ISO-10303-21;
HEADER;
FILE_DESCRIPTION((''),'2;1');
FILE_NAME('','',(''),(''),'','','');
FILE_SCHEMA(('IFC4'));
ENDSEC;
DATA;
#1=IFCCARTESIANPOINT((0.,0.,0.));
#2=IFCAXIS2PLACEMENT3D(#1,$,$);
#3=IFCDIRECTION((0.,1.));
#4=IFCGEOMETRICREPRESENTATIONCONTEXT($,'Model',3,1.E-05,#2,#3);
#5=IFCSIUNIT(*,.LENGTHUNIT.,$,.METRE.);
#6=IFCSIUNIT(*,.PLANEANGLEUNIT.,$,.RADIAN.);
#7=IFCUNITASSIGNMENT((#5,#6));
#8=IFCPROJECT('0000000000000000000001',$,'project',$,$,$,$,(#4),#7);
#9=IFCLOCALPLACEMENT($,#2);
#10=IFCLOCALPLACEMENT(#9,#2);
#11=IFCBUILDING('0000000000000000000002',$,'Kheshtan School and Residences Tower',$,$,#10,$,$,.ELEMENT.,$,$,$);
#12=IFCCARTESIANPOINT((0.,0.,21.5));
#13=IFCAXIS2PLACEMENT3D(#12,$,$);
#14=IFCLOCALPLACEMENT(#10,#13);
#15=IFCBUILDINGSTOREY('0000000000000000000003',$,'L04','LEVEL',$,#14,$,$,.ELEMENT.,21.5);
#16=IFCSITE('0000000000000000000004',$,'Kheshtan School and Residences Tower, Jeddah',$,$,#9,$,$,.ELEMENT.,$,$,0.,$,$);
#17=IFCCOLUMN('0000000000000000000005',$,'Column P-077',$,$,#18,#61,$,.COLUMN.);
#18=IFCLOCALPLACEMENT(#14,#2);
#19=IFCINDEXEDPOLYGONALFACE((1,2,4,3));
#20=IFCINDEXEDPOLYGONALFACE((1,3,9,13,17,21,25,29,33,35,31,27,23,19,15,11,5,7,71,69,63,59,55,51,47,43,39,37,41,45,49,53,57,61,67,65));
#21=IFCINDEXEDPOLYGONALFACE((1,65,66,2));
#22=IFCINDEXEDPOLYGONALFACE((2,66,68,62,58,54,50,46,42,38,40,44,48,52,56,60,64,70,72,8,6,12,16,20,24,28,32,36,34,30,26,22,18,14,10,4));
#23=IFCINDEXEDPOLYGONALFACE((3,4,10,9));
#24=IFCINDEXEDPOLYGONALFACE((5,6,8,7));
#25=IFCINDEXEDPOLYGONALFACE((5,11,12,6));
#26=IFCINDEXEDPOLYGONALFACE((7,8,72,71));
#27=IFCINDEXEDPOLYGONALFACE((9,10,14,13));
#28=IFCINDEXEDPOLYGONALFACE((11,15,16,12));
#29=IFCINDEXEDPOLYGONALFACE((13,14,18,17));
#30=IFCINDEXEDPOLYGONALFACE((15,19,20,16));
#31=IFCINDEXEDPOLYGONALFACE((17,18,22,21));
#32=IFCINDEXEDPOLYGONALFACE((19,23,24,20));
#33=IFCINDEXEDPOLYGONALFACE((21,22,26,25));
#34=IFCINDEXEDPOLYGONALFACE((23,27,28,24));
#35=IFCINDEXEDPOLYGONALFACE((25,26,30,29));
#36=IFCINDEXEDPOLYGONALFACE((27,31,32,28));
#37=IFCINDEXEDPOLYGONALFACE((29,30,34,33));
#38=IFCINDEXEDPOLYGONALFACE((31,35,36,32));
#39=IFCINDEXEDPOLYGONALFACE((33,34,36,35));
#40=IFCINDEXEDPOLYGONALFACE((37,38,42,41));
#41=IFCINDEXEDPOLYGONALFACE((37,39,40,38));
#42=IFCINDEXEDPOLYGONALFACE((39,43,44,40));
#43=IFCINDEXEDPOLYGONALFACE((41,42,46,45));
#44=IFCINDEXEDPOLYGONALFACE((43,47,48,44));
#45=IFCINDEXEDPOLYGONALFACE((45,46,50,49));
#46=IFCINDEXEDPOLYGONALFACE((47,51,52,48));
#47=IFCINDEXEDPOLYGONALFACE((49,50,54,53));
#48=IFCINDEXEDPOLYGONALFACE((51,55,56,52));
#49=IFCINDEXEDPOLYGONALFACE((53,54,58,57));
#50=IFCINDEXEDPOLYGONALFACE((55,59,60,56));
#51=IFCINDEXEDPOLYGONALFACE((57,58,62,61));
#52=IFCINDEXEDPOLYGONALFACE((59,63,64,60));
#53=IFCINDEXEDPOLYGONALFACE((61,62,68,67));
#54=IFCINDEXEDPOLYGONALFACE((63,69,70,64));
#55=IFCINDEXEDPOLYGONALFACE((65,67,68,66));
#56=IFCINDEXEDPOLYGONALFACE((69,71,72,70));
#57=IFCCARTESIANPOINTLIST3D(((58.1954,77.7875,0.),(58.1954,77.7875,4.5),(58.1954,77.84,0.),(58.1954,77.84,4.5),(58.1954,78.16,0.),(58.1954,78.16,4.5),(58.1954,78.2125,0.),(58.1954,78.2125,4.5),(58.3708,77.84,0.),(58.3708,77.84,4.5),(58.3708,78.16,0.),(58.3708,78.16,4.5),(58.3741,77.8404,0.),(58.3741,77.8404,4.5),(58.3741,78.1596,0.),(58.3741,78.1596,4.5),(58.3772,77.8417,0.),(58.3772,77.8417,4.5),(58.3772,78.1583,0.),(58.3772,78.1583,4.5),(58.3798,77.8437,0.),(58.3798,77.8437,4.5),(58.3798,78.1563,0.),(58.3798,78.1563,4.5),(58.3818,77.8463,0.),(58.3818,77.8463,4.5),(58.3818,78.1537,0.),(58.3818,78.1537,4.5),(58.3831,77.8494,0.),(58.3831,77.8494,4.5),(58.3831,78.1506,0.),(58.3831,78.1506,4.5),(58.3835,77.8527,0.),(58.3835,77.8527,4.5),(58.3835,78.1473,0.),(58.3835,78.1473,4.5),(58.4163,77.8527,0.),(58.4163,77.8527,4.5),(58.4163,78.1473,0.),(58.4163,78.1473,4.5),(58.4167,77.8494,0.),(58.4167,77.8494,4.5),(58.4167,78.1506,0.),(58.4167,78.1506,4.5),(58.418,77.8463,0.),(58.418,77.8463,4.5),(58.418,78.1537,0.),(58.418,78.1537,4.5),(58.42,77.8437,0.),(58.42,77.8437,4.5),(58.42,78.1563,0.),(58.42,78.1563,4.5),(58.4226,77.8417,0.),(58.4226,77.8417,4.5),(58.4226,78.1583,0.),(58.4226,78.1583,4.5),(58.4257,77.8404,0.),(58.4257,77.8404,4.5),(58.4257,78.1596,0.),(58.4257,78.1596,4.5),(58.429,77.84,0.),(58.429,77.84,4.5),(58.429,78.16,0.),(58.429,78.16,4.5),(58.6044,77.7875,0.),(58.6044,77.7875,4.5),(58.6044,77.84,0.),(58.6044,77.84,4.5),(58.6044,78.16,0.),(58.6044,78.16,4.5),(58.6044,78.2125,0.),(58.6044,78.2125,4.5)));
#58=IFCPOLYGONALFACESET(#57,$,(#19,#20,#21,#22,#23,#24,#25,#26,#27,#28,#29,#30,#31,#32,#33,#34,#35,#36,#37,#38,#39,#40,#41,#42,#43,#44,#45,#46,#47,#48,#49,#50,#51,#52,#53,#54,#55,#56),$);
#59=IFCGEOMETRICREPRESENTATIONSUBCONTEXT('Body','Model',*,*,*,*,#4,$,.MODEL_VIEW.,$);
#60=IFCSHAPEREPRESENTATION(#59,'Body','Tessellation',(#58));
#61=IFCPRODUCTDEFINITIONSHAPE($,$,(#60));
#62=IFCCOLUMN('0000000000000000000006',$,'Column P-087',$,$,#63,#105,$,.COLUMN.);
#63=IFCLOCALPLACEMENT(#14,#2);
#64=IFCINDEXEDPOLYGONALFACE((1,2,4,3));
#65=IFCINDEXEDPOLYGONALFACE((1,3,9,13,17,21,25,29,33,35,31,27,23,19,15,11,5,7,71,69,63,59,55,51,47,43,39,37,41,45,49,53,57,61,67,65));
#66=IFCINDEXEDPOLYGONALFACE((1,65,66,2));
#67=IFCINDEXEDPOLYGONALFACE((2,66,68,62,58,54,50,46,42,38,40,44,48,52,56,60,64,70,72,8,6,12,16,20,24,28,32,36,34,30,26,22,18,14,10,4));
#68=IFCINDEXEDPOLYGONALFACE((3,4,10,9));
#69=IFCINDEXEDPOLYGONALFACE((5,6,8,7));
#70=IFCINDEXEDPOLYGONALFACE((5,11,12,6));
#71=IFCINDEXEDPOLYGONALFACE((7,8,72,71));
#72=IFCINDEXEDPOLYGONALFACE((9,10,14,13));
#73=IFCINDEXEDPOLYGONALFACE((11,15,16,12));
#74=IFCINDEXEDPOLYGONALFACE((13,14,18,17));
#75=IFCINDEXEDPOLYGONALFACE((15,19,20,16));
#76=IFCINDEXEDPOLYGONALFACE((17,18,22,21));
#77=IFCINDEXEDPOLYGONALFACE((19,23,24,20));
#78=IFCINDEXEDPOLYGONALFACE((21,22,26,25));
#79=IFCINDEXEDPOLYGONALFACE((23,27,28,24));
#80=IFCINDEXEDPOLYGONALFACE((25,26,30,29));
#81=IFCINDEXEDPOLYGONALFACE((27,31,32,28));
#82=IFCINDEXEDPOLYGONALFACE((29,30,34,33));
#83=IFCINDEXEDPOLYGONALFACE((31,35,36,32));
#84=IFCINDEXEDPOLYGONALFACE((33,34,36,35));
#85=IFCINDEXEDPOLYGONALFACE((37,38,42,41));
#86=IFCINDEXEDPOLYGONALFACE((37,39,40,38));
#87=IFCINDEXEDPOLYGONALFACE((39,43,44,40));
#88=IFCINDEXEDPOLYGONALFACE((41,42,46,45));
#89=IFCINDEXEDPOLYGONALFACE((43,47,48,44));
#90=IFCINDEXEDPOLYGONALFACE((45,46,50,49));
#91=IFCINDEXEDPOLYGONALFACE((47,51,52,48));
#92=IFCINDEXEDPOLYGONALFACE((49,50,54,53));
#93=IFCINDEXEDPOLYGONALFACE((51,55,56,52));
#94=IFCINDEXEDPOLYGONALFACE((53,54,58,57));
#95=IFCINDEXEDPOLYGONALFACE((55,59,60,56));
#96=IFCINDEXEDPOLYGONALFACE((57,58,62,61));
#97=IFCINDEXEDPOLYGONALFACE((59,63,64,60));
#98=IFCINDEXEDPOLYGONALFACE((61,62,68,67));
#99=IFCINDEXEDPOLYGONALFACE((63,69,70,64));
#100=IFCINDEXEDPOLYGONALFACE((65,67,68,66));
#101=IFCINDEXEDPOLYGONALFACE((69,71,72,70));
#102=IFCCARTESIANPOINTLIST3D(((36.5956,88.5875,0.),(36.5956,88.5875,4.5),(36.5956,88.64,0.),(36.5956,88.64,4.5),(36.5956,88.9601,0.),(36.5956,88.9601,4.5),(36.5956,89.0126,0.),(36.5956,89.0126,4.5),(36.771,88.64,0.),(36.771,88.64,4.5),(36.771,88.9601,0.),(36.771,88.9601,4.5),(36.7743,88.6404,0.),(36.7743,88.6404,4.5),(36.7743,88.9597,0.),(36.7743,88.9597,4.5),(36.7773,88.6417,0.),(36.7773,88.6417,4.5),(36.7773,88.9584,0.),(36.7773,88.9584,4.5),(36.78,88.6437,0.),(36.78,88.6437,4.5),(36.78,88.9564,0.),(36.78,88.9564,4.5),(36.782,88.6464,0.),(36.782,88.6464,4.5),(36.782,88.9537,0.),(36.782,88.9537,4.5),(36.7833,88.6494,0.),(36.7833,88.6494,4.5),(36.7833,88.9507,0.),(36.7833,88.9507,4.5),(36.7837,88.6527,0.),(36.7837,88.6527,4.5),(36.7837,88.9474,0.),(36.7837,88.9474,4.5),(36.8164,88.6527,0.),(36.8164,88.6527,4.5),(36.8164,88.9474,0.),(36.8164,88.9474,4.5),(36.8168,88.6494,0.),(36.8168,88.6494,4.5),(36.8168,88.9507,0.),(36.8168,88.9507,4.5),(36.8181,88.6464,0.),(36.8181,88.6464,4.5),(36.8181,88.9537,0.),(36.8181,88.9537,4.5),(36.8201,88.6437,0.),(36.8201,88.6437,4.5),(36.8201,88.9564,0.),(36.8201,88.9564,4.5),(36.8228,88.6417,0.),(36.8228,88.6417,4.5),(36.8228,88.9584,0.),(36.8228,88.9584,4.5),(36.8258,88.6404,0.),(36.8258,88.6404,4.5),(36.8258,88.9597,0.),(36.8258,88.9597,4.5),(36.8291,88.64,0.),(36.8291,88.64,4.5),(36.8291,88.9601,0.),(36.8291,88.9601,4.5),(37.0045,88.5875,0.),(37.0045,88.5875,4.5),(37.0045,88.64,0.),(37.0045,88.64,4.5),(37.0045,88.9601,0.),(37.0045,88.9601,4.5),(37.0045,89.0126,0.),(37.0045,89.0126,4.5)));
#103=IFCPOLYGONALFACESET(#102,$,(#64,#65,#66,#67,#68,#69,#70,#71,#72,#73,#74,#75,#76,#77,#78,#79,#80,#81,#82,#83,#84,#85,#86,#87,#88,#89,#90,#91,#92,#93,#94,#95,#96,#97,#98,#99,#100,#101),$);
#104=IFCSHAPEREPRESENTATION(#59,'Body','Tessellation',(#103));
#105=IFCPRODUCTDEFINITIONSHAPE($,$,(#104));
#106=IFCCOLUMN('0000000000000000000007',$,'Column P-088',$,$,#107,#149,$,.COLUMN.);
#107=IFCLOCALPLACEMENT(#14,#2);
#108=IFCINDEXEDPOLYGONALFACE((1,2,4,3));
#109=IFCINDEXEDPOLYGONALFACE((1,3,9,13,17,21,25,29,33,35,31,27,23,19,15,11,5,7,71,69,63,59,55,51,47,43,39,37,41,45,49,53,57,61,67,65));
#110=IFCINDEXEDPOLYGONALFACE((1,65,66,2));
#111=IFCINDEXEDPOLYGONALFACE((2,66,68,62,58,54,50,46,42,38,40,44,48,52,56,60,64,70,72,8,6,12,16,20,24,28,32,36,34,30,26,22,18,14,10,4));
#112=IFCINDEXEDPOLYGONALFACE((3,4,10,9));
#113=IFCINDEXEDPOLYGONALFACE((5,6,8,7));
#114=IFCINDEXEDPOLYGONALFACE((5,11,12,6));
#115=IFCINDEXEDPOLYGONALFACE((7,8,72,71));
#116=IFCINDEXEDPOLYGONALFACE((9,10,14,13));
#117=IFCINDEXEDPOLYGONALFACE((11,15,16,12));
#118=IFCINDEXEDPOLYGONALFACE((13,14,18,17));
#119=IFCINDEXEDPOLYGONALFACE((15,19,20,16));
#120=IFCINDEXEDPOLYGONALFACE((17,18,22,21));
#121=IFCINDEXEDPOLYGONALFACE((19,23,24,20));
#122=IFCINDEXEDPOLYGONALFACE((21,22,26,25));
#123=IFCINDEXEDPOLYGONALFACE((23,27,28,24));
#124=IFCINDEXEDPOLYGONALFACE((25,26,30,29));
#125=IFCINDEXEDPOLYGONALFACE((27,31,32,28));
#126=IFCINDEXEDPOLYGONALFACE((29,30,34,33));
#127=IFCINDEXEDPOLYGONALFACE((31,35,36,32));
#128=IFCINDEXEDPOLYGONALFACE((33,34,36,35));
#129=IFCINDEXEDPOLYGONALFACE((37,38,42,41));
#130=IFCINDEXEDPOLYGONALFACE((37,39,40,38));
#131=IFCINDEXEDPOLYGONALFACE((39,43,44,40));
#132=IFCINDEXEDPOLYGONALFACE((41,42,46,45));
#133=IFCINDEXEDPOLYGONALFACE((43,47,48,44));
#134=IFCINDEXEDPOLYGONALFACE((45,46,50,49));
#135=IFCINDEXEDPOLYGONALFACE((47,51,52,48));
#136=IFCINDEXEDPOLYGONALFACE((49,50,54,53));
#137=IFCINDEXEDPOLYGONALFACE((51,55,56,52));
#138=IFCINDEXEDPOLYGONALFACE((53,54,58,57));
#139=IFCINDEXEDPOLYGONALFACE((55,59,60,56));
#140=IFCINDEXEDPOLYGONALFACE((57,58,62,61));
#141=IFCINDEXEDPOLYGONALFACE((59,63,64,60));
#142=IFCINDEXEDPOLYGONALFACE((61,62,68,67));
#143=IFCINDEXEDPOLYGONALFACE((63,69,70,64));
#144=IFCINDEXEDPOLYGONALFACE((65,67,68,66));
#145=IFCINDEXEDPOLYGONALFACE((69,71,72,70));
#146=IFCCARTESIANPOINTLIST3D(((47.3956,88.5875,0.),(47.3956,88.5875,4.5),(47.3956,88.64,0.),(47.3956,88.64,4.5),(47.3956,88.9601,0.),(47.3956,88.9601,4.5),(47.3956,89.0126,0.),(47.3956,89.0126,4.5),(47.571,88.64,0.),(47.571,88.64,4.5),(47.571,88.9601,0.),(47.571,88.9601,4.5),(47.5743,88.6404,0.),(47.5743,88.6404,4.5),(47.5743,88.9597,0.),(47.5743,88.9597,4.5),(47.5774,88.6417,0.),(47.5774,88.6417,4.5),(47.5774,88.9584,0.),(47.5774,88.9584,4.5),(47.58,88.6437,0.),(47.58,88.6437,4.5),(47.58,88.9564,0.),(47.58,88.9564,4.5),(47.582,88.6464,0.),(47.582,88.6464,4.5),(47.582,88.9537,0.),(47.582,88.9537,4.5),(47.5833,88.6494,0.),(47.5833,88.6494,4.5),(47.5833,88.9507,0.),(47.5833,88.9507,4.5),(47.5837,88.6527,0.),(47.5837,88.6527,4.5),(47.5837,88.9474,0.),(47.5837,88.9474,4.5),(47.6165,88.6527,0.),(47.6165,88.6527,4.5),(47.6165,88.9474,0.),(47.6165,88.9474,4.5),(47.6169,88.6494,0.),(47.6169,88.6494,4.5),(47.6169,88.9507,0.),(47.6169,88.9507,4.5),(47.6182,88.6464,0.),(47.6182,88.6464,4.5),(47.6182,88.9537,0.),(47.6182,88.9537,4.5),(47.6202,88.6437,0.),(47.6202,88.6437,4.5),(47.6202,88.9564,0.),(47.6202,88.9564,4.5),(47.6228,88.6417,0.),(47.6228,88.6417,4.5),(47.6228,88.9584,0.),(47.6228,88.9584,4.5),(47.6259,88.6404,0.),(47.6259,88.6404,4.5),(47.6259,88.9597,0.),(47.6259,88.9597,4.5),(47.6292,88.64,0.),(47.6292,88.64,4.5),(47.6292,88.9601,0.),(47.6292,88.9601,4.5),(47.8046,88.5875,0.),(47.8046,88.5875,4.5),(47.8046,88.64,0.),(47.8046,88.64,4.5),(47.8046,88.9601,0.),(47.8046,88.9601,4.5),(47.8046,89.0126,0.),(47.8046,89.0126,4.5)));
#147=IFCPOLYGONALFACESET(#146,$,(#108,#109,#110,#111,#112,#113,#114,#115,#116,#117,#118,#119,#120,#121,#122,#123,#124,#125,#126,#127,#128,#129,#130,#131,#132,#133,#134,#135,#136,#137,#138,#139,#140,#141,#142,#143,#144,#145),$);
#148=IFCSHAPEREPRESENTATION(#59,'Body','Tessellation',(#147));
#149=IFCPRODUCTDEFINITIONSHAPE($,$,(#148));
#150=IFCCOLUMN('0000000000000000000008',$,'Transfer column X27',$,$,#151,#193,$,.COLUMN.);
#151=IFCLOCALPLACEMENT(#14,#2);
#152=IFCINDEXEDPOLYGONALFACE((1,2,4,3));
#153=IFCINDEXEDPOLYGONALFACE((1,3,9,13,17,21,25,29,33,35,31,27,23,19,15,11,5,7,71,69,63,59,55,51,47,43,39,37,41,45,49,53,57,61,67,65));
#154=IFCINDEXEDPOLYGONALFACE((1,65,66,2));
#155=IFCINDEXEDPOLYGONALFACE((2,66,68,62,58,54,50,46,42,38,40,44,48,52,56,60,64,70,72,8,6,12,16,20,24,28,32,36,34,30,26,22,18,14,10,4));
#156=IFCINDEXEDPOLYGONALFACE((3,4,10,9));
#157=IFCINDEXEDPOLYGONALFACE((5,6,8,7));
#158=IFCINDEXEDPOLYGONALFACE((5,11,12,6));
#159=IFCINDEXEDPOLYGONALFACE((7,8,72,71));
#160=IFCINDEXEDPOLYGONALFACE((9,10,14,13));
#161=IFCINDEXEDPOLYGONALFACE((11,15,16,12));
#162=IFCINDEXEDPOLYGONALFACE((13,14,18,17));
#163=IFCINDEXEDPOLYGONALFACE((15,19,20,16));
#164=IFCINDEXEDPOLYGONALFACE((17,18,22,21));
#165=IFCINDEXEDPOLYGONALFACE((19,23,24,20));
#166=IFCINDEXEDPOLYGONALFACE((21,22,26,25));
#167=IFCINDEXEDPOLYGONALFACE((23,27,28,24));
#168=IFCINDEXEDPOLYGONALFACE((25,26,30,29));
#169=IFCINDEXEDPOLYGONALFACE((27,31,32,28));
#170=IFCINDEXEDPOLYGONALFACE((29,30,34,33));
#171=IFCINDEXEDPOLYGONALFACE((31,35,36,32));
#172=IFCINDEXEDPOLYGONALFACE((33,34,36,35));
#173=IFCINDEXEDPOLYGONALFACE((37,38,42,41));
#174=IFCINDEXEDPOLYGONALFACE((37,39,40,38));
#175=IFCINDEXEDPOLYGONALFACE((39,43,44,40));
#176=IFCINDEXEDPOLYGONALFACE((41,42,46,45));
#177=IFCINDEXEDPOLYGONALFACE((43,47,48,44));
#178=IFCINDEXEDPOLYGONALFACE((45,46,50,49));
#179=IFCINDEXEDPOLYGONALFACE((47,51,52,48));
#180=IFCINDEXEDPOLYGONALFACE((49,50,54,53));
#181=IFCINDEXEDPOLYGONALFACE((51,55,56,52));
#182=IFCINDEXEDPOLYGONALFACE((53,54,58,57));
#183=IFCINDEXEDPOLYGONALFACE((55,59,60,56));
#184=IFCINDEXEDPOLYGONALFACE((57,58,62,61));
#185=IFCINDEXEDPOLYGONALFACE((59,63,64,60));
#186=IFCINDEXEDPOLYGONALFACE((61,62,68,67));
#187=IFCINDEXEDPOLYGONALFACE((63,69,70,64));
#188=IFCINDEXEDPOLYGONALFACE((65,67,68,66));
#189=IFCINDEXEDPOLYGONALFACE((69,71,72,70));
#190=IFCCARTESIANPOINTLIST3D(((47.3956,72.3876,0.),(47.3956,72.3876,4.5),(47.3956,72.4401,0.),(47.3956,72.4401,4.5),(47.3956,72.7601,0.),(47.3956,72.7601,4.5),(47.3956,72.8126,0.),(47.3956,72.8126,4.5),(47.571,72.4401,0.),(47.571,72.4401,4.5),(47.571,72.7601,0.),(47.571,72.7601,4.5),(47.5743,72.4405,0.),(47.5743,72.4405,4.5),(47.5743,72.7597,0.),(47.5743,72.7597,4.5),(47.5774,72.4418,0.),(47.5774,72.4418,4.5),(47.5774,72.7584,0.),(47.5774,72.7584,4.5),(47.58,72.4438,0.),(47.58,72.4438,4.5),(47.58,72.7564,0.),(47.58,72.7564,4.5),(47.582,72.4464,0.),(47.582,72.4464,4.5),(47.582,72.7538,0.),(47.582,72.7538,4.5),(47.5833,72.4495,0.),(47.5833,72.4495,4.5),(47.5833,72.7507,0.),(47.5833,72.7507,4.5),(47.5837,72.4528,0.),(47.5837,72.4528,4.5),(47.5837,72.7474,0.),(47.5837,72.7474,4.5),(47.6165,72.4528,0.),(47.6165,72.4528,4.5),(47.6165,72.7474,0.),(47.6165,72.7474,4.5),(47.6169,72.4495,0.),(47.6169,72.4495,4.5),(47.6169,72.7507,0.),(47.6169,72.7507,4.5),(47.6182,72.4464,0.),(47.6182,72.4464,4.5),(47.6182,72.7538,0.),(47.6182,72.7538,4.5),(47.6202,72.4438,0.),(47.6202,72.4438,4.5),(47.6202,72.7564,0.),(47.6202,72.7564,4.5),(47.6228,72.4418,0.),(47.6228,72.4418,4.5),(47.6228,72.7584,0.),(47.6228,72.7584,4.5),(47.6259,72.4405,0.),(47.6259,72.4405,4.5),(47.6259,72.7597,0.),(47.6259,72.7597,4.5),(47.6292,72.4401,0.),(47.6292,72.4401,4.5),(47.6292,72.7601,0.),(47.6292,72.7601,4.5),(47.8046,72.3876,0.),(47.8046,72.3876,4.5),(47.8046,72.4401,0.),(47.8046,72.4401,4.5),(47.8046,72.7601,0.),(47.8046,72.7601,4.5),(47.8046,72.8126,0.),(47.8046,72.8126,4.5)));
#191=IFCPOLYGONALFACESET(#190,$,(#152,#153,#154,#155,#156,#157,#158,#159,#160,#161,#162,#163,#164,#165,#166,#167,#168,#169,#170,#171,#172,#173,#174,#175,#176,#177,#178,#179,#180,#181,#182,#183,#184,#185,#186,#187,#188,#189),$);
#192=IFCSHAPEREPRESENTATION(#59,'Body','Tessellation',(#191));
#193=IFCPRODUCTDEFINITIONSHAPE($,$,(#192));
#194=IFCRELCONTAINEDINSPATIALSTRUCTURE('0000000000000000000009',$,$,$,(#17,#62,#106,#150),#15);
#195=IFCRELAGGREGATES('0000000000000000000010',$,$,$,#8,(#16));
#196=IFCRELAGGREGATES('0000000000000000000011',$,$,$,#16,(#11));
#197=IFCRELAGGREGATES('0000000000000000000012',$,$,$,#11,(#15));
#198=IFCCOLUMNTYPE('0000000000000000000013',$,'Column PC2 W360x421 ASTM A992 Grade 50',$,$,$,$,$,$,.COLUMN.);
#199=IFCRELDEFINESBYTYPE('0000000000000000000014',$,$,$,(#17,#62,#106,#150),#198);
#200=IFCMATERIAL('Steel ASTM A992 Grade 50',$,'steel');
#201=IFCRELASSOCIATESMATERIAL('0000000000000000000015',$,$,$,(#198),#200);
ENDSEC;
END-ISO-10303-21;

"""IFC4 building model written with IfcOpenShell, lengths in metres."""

from ifc_helpers import new_model, si_unit, direction, frame, origin, origin_2d, place, context, subcontext, project, spatial, i_section, extrude, material, material_profile, profile_set, type_object, element, save


model = new_model("IFC4")

# Units and contexts
model_context = context("Model", 3, precision=1e-05, world=origin(), true_north=direction((0.0, 1.0)))
body_context = subcontext(model_context, "Body", "Model", "MODEL_VIEW")
ifc_project = project(units=[si_unit("LENGTHUNIT", "METRE"), si_unit("PLANEANGLEUNIT", "RADIAN")], contexts=[model_context])

# Site, building, storey
site_placement = place(None, origin())
site = spatial("IfcSite", under=ifc_project, at=site_placement, Name="Kheshtan School and Residences Tower, Jeddah", CompositionType="ELEMENT", RefElevation=0.0)
building_placement = place(site_placement, origin())
building = spatial("IfcBuilding", under=site, at=building_placement, Name="Kheshtan School and Residences Tower", CompositionType="ELEMENT")
storey_placement = place(building_placement, frame((0.0, 0.0, 21.5)))
storey = spatial("IfcBuildingStorey", under=building, at=storey_placement, Name="L04", Description="LEVEL", CompositionType="ELEMENT", Elevation=21.5)

# Columns
ifc_material_1 = material(Name="Steel ASTM A992 Grade 50", Category="steel")
ifc_material_profile_1 = material_profile(ifc_material_1, i_section(OverallWidth=0.4089, OverallDepth=0.425, WebThickness=0.0327, FlangeThickness=0.0525, FilletRadius=0.0127, at=origin_2d()), Name="W360x421")
ifc_profile_set_1 = profile_set([ifc_material_profile_1], Name="Steel ASTM A992 Grade 50")
column_type = type_object("IfcColumnType", Name="Column PC2 W360x421 ASTM A992 Grade 50", PredefinedType="COLUMN", material=ifc_profile_set_1)
for number, where, z_axis, x_axis, name in (
    (1, (58.3999, 78.0, 0.0), (0.0, 0.0, 1.0), (1.0, 0.0, 0.0), "Column P-077"),
    (2, (36.8, 88.8, 0.0), (0.0, 0.0, 1.0), (1.0, 0.0, 0.0), "Column P-087"),
    (3, (47.6001, 88.8, 0.0), (0.0, 0.0, 1.0), (1.0, 0.0, 0.0), "Column P-088"),
    (4, (47.6001, 72.6001, 0.0), (0.0, 0.0, 1.0), (1.0, 0.0, 0.0), "Transfer column X27"),
):
    element("IfcColumn", number, at=place(storey_placement, frame(where, z_axis=z_axis, x_axis=x_axis)), inside=storey, type_object=column_type, Name=name, PredefinedType="COLUMN", context=body_context, shape_type="SweptSolid", body=[
        extrude(i_section(OverallWidth=0.4089, OverallDepth=0.425, WebThickness=0.0327, FlangeThickness=0.0525, FilletRadius=0.0127, at=origin_2d()), origin(), (0.0, 0.0, 1.0), 4.5),
    ])

save(model, "model.ifc")
